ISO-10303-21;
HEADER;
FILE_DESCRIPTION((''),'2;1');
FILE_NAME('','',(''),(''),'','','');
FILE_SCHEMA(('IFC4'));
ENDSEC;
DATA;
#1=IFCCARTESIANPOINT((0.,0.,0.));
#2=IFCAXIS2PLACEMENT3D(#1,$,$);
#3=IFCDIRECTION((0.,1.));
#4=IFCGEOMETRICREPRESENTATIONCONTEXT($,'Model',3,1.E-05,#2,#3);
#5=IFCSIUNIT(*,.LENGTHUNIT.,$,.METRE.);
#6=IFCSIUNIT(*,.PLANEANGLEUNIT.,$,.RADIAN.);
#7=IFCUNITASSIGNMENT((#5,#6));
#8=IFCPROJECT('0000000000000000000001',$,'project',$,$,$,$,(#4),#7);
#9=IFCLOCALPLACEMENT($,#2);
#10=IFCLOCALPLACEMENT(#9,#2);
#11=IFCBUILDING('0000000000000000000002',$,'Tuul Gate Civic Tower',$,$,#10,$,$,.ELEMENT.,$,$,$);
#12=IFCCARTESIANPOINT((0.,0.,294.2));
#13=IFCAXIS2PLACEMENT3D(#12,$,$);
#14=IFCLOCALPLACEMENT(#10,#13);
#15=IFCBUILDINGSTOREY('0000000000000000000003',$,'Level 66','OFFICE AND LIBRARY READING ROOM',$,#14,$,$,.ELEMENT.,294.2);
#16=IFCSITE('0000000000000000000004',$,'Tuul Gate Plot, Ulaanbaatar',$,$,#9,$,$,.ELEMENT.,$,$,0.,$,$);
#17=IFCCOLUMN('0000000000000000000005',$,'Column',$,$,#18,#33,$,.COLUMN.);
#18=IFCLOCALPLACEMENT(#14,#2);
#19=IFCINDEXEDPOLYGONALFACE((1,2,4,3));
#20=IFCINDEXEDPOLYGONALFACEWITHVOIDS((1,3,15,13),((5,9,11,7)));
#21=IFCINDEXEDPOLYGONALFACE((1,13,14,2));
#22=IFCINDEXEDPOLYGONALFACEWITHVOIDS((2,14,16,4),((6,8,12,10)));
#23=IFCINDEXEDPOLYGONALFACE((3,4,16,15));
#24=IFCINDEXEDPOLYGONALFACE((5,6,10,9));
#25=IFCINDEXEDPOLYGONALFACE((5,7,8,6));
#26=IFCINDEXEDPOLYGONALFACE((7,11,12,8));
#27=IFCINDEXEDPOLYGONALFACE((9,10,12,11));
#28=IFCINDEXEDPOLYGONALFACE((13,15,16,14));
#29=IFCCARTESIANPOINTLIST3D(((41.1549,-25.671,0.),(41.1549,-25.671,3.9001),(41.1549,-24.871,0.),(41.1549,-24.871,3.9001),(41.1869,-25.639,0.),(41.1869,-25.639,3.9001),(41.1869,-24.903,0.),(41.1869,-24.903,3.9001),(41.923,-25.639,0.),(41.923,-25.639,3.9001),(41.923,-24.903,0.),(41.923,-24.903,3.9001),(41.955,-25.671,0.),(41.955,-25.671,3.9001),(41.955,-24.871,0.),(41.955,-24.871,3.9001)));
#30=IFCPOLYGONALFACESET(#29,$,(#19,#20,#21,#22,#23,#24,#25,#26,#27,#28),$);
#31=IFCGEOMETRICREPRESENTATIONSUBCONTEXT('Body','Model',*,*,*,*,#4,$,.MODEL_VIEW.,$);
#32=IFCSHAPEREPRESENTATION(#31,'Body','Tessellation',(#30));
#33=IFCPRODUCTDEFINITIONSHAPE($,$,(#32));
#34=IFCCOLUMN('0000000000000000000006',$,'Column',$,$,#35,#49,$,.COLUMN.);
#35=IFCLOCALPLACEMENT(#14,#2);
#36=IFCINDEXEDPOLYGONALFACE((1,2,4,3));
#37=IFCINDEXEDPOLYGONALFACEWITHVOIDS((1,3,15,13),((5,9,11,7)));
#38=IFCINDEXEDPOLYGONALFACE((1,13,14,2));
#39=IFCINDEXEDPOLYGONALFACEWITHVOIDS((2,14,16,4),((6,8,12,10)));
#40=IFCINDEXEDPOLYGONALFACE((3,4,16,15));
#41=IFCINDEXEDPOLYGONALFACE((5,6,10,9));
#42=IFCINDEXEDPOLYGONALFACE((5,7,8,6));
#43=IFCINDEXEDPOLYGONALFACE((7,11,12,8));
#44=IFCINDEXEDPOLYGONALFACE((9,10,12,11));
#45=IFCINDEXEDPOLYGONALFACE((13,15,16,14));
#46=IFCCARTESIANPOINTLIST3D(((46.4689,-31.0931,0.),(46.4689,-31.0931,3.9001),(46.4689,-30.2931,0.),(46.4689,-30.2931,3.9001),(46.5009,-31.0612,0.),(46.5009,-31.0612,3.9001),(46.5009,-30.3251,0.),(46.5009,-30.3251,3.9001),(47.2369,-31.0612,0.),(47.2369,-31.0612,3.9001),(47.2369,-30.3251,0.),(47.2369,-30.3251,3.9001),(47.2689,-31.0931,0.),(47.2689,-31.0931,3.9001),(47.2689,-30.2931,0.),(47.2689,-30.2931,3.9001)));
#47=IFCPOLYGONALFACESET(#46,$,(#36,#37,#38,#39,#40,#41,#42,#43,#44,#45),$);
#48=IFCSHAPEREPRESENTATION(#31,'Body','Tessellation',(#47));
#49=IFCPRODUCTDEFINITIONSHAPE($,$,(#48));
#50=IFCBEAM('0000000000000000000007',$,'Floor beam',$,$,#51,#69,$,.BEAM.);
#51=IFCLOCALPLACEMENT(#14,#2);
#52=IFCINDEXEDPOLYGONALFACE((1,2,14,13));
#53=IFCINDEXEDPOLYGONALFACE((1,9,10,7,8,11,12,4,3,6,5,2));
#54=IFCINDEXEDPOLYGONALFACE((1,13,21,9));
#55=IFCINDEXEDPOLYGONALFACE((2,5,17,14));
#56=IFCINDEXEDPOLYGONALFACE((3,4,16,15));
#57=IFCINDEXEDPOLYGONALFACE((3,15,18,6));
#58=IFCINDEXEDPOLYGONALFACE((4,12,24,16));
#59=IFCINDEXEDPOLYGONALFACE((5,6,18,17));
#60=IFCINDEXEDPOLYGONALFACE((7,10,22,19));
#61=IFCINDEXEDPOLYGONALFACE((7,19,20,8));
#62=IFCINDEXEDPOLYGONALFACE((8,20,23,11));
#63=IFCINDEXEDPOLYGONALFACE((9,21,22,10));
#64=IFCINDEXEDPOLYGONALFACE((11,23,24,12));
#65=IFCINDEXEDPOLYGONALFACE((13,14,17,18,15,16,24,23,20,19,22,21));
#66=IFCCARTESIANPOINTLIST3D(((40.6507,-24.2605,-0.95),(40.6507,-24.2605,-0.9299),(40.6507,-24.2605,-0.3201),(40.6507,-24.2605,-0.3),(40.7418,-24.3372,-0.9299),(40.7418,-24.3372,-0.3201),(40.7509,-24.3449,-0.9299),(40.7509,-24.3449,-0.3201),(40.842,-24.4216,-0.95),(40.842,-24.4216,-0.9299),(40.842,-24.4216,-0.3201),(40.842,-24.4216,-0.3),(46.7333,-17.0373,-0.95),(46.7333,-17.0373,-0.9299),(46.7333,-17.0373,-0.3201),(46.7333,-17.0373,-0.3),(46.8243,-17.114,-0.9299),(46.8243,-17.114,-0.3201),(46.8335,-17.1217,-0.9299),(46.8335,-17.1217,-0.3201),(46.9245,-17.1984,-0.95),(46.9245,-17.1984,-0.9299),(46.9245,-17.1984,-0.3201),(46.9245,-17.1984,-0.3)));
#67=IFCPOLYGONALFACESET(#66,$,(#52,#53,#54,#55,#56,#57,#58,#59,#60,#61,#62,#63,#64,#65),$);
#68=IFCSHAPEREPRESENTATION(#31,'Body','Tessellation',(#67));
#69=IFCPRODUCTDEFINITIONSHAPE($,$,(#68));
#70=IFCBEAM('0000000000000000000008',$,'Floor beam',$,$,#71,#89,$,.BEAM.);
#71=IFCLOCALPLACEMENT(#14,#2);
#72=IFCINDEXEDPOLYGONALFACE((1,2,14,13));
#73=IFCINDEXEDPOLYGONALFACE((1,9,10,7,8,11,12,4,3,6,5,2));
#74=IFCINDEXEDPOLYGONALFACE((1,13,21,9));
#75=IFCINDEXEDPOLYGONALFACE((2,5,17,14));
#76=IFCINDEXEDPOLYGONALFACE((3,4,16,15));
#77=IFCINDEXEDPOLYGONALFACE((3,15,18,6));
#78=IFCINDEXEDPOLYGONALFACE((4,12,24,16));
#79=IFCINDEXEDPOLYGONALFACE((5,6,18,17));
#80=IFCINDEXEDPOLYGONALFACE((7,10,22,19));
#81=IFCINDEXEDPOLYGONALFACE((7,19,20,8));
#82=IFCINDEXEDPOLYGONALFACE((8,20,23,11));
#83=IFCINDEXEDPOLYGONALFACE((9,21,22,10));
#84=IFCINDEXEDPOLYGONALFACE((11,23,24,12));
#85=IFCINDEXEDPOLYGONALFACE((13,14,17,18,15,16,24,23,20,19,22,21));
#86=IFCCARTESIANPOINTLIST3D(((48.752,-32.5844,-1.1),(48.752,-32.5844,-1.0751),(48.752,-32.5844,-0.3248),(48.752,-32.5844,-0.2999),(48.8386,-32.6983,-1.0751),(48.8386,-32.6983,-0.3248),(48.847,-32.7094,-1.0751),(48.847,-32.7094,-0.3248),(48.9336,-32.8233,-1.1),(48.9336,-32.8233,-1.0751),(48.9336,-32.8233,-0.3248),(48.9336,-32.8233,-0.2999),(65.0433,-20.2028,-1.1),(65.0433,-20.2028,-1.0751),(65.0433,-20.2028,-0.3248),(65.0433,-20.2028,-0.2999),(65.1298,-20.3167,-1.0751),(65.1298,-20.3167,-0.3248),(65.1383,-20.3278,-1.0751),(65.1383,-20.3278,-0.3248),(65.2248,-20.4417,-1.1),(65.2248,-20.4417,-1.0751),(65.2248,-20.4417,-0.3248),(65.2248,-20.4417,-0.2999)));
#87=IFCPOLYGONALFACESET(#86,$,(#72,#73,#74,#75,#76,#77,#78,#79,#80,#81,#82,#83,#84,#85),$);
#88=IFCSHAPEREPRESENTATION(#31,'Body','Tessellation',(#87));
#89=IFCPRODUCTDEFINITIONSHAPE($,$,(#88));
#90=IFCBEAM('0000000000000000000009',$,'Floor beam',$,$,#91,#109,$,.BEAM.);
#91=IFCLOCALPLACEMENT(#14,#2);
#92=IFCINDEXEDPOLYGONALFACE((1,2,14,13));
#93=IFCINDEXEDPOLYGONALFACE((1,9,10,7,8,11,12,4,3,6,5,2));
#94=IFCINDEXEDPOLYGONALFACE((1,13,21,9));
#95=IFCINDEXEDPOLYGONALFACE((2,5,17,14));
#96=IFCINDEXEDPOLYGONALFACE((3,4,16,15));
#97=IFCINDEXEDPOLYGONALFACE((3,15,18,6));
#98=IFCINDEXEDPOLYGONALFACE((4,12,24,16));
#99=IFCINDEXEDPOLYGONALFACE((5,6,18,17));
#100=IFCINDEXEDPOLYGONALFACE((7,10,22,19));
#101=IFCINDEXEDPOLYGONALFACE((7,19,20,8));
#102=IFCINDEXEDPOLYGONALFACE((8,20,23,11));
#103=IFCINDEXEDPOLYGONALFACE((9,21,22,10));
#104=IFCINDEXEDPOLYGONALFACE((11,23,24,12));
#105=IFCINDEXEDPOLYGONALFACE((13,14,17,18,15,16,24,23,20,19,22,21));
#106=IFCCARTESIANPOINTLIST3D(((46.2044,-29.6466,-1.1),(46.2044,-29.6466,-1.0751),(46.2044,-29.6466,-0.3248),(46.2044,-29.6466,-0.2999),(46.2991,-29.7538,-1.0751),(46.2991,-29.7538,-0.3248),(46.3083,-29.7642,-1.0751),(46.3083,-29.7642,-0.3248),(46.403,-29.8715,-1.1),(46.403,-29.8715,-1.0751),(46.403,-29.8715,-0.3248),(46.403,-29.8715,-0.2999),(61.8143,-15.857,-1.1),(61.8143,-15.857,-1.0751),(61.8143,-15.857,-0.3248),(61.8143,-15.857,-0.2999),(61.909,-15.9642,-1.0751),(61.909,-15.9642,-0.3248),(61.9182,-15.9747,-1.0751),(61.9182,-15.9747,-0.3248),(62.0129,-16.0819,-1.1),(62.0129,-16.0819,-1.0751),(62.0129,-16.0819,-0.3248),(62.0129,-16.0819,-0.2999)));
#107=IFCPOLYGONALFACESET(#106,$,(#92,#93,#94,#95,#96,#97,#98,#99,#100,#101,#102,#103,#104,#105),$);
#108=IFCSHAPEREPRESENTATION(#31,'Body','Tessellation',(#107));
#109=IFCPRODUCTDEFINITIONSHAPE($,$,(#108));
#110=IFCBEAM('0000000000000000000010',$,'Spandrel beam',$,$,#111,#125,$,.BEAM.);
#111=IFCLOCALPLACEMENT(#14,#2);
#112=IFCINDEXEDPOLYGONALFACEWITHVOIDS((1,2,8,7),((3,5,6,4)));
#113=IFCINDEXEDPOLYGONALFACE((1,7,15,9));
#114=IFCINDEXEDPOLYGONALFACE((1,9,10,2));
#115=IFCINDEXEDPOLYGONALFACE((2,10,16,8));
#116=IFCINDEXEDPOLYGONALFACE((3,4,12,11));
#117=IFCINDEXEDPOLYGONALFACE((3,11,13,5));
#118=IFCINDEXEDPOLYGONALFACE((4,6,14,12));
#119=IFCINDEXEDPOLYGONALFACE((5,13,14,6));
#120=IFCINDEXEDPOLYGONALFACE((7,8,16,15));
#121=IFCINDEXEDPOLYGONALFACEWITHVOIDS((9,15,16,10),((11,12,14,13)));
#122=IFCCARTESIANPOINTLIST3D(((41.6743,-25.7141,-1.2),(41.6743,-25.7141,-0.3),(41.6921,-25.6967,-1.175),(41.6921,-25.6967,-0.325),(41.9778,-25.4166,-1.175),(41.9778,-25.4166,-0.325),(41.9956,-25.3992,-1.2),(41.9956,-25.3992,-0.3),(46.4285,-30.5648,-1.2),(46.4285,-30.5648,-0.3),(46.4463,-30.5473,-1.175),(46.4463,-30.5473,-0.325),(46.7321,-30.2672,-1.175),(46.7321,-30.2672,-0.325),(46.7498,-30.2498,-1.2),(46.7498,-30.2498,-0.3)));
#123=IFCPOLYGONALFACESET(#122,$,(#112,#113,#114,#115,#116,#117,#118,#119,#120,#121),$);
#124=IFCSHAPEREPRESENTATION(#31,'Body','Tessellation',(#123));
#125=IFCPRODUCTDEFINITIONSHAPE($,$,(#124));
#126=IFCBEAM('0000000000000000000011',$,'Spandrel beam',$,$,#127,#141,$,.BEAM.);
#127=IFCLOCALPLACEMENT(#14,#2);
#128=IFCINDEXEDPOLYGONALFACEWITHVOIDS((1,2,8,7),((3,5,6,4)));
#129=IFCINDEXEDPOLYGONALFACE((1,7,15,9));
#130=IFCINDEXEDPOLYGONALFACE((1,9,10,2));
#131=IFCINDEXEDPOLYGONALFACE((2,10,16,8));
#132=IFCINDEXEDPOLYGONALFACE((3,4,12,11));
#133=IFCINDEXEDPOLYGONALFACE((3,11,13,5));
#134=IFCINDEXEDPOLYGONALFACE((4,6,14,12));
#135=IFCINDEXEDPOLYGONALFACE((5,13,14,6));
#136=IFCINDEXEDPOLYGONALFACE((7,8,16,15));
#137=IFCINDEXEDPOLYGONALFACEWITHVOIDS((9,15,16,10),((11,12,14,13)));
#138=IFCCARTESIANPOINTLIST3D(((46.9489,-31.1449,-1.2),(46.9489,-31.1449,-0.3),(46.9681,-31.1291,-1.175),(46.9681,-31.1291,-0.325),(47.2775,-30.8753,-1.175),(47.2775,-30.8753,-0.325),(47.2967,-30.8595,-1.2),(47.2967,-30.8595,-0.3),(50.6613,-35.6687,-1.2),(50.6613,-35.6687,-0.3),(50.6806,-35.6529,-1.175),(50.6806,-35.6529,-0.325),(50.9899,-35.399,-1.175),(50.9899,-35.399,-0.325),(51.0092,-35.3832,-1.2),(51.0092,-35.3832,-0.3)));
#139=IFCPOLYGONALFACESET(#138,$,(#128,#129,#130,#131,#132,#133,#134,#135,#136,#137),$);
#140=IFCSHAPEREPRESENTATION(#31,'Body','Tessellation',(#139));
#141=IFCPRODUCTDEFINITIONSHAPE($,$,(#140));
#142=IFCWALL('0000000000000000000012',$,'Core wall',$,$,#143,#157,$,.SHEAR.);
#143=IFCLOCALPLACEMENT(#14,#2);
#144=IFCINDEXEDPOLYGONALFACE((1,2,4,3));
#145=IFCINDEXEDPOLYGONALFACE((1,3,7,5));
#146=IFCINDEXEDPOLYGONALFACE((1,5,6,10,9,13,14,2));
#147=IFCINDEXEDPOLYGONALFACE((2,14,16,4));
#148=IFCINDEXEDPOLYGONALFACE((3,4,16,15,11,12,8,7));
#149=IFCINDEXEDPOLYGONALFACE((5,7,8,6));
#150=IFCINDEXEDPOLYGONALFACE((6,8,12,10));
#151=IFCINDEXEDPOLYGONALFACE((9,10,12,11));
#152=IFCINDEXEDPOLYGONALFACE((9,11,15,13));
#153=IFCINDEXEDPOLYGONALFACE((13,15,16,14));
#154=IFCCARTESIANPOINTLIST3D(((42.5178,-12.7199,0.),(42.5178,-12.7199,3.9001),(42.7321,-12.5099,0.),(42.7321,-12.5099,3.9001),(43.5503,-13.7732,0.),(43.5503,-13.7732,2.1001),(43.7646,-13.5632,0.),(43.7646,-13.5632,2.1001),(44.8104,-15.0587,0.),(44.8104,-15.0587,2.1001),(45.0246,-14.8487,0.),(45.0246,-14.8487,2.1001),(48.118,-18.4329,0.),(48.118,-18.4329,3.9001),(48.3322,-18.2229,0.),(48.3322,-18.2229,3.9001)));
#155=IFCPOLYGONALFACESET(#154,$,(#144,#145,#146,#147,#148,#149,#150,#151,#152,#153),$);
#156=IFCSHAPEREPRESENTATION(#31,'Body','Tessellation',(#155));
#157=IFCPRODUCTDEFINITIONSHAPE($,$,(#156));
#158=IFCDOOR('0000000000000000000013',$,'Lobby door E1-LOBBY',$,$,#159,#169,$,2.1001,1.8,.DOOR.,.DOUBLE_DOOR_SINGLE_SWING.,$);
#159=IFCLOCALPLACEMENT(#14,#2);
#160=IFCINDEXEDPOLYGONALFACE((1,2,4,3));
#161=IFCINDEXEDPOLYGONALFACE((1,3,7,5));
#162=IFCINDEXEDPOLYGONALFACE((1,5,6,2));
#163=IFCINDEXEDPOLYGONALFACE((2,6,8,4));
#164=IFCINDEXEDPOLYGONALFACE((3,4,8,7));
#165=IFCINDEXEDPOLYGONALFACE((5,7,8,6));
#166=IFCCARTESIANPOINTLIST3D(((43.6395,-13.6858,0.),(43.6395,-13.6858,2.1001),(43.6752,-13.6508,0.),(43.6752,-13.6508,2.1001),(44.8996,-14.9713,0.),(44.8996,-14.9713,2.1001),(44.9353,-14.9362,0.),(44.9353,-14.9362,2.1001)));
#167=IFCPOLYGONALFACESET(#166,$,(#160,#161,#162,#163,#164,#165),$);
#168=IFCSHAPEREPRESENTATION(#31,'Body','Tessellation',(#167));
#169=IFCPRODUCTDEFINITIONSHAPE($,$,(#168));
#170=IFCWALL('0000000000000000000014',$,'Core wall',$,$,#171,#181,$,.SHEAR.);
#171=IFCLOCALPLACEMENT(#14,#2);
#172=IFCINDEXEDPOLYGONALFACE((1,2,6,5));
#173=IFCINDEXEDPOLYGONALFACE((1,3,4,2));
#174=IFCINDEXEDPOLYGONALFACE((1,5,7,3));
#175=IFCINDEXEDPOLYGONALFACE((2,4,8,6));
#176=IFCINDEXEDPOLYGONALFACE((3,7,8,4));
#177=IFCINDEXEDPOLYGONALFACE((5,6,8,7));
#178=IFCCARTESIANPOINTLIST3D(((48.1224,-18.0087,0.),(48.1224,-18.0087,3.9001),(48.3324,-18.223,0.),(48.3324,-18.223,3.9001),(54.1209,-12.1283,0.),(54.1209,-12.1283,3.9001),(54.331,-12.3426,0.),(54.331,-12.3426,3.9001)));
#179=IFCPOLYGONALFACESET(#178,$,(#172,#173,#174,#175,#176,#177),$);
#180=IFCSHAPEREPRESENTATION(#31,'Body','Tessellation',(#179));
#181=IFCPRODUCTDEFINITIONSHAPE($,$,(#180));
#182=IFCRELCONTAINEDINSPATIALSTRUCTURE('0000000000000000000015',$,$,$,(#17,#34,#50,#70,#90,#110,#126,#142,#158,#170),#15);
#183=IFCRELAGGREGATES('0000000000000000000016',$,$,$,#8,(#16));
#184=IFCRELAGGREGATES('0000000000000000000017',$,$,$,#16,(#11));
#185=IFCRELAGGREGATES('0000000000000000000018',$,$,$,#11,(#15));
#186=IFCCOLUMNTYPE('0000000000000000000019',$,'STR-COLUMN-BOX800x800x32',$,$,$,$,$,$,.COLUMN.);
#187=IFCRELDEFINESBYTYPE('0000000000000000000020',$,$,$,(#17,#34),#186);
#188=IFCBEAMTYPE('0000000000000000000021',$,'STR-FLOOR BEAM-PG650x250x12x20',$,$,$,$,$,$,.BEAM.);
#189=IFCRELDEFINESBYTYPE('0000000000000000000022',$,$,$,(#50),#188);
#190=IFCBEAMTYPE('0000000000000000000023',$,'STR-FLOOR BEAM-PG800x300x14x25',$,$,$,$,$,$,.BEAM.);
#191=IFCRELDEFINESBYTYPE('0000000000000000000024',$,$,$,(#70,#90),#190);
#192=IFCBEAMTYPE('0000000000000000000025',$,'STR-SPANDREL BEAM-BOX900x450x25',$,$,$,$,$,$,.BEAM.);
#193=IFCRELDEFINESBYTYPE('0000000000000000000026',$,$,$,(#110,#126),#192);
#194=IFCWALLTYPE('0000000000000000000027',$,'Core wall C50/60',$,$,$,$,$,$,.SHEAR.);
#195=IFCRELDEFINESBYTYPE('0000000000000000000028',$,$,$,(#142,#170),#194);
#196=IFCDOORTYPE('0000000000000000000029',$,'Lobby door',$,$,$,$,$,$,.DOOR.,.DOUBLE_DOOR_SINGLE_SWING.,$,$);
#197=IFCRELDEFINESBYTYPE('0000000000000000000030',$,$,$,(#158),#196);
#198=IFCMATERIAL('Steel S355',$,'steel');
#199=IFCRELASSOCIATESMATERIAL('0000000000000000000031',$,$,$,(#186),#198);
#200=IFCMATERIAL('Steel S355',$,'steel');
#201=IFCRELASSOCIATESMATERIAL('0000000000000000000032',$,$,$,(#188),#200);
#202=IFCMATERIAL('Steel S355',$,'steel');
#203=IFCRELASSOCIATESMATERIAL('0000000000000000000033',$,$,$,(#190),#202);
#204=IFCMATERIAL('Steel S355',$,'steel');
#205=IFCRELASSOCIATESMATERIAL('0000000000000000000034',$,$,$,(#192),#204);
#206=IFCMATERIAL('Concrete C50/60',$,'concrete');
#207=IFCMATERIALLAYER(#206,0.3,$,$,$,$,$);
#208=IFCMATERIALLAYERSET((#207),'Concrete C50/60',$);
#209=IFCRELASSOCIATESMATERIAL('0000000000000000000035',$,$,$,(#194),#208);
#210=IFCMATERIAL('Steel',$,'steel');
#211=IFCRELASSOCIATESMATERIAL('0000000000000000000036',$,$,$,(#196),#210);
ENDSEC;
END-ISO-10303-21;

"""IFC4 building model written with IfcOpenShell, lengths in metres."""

from ifc_helpers import new_model, si_unit, direction, frame, frame_2d, origin, origin_2d, place, context, subcontext, project, spatial, rectangle, hollow_rectangle, i_section, extrude, material, layer, layer_set, material_profile, profile_set, type_object, element, fill, save


model = new_model("IFC4")

# Units and contexts
model_context = context("Model", 3, precision=1e-05, world=origin(), true_north=direction((0.0, 1.0)))
body_context = subcontext(model_context, "Body", "Model", "MODEL_VIEW")
ifc_project = project(units=[si_unit("LENGTHUNIT", "METRE"), si_unit("PLANEANGLEUNIT", "RADIAN")], contexts=[model_context])

# Site, building, storey
site_placement = place(None, origin())
site = spatial("IfcSite", under=ifc_project, at=site_placement, Name="Tuul Gate Plot, Ulaanbaatar", CompositionType="ELEMENT", RefElevation=0.0)
building_placement = place(site_placement, origin())
building = spatial("IfcBuilding", under=site, at=building_placement, Name="Tuul Gate Civic Tower", CompositionType="ELEMENT")
storey_placement = place(building_placement, frame((0.0, 0.0, 294.2)))
storey = spatial("IfcBuildingStorey", under=building, at=storey_placement, Name="Level 66", Description="OFFICE AND LIBRARY READING ROOM", CompositionType="ELEMENT", Elevation=294.2)

# Columns
ifc_material_1 = material(Name="Steel S355", Category="steel")
ifc_material_profile_1 = material_profile(ifc_material_1, hollow_rectangle(XDim=0.8, YDim=0.8, WallThickness=0.032, at=origin_2d()), Name="BOX800x800x32")
ifc_profile_set_1 = profile_set([ifc_material_profile_1], Name="Steel S355")
column_type = type_object("IfcColumnType", Name="STR-COLUMN-BOX800x800x32", PredefinedType="COLUMN", material=ifc_profile_set_1)
for number, where, z_axis, x_axis, name in (
    (1, (41.5549, -25.271, 0.0), (0.0, 0.0, 1.0), (1.0, 0.0, 0.0), "Column"),
    (2, (46.8689, -30.6931, 0.0), (0.0, 0.0, 1.0), (1.0, 0.0, 0.0), "Column"),
):
    element("IfcColumn", number, at=place(storey_placement, frame(where, z_axis=z_axis, x_axis=x_axis)), inside=storey, type_object=column_type, Name=name, PredefinedType="COLUMN", context=body_context, shape_type="SweptSolid", body=[
        extrude(hollow_rectangle(XDim=0.8, YDim=0.8, WallThickness=0.032, at=origin_2d()), origin(), (0.0, 0.0, 1.0), 3.9001),
    ])

# Beams
ifc_material_2 = material(Name="Steel S355", Category="steel")
ifc_material_profile_2 = material_profile(ifc_material_2, i_section(OverallWidth=0.25, OverallDepth=0.6499, WebThickness=0.012, FlangeThickness=0.02, at=origin_2d()), Name="PG650x250x12x20")
ifc_profile_set_2 = profile_set([ifc_material_profile_2], Name="Steel S355")
beam_type_1 = type_object("IfcBeamType", Name="STR-FLOOR BEAM-PG650x250x12x20", PredefinedType="BEAM", material=ifc_profile_set_2)
beam_1_placement = place(storey_placement, frame((40.7463, -24.3411, -0.625), z_axis=(0.644128, 0.764918, 0.0), x_axis=(-0.764918, 0.644128, 0.0)))
element("IfcBeam", 3, at=beam_1_placement, inside=storey, type_object=beam_type_1, Name="Floor beam", PredefinedType="BEAM", context=body_context, shape_type="SweptSolid", body=[
    extrude(i_section(OverallWidth=0.25, OverallDepth=0.6499, WebThickness=0.012, FlangeThickness=0.02, at=origin_2d()), origin(), (0.0, 0.0, 1.0), 9.4431),
])
ifc_material_3 = material(Name="Steel S355", Category="steel")
ifc_material_profile_3 = material_profile(ifc_material_3, i_section(OverallWidth=0.3, OverallDepth=0.8, WebThickness=0.0139, FlangeThickness=0.0249, at=origin_2d()), Name="PG800x300x14x25")
ifc_profile_set_3 = profile_set([ifc_material_profile_3], Name="Steel S355")
beam_type_2 = type_object("IfcBeamType", Name="STR-FLOOR BEAM-PG800x300x14x25", PredefinedType="BEAM", material=ifc_profile_set_3)
beam_2_placement = place(storey_placement, frame((48.8428, -32.7039, -0.7), z_axis=(0.796157, 0.605091, 0.0), x_axis=(-0.605091, 0.796157, 0.0)))
element("IfcBeam", 4, at=beam_2_placement, inside=storey, type_object=beam_type_2, Name="Floor beam", PredefinedType="BEAM", context=body_context, shape_type="SweptSolid", body=[
    extrude(i_section(OverallWidth=0.3, OverallDepth=0.8, WebThickness=0.0139, FlangeThickness=0.0249, at=origin_2d()), origin(), (0.0, 0.0, 1.0), 20.4624),
])
beam_3_placement = place(storey_placement, frame((46.3037, -29.759, -0.7), z_axis=(0.749453, 0.662057, 0.0), x_axis=(-0.662057, 0.749453, 0.0)))
element("IfcBeam", 5, at=beam_3_placement, inside=storey, type_object=beam_type_2, Name="Floor beam", PredefinedType="BEAM", context=body_context, shape_type="SweptSolid", body=[
    extrude(i_section(OverallWidth=0.3, OverallDepth=0.8, WebThickness=0.0139, FlangeThickness=0.0249, at=origin_2d()), origin(), (0.0, 0.0, 1.0), 20.8284),
])
ifc_material_4 = material(Name="Steel S355", Category="steel")
ifc_material_profile_4 = material_profile(ifc_material_4, hollow_rectangle(XDim=0.45, YDim=0.8999, WallThickness=0.0249, at=origin_2d()), Name="BOX900x450x25")
ifc_profile_set_4 = profile_set([ifc_material_profile_4], Name="Steel S355")
beam_type_3 = type_object("IfcBeamType", Name="STR-SPANDREL BEAM-BOX900x450x25", PredefinedType="BEAM", material=ifc_profile_set_4)
beam_4_placement = place(storey_placement, frame((41.835, -25.5566, -0.75), z_axis=(0.699972, -0.71417, 0.0), x_axis=(0.71417, 0.699972, 0.0)))
element("IfcBeam", 6, at=beam_4_placement, inside=storey, type_object=beam_type_3, Name="Spandrel beam", PredefinedType="BEAM", context=body_context, shape_type="SweptSolid", body=[
    extrude(hollow_rectangle(XDim=0.45, YDim=0.8999, WallThickness=0.0249, at=origin_2d()), origin(), (0.0, 0.0, 1.0), 6.792),
])
beam_5_placement = place(storey_placement, frame((47.1228, -31.0022, -0.75), z_axis=(0.634384, -0.773018, 0.0), x_axis=(0.773018, 0.634384, 0.0)))
element("IfcBeam", 7, at=beam_5_placement, inside=storey, type_object=beam_type_3, Name="Spandrel beam", PredefinedType="BEAM", context=body_context, shape_type="SweptSolid", body=[
    extrude(hollow_rectangle(XDim=0.45, YDim=0.8999, WallThickness=0.0249, at=origin_2d()), origin(), (0.0, 0.0, 1.0), 5.8521),
])

# Wall, opening, door
ifc_material_5 = material(Name="Concrete C50/60", Category="concrete")
ifc_layer_1 = layer(ifc_material_5, 0.3)
ifc_layer_set_1 = layer_set([ifc_layer_1], Name="Concrete C50/60")
wall_type_1 = type_object("IfcWallType", Name="Core wall C50/60", PredefinedType="SHEAR", material=ifc_layer_set_1)
wall_1_placement = place(storey_placement, frame((48.2251, -18.3279, 0.0), z_axis=(0.0, 0.0, 1.0), x_axis=(-0.700022, 0.714121, 0.0)))
wall_1 = element("IfcWall", 8, at=wall_1_placement, inside=storey, type_object=wall_type_1, Name="Core wall", PredefinedType="SHEAR", context=body_context, shape_type="SweptSolid", body=[
    extrude(rectangle(XDim=8.0, YDim=0.3, at=frame_2d((4.0, 0.0))), origin(), (0.0, 0.0, 1.0), 3.9001),
])
opening_1_placement = place(wall_1_placement, frame((4.7251, 0.0, 0.0)))
opening_1 = element("IfcOpeningElement", 9, at=opening_1_placement, cuts=wall_1, PredefinedType="OPENING", context=body_context, shape_type="SweptSolid", body=[
    extrude(rectangle(XDim=1.8, YDim=2.1001, at=frame_2d((0.8999, 1.05))), frame((0.0, 0.1602, 0.0), z_axis=(0.0, -1.0, 0.0), x_axis=(1.0, 0.0, 0.0)), (0.0, 0.0, 1.0), 0.3201),
])
ifc_material_6 = material(Name="Steel", Category="steel")
door_type_1 = type_object("IfcDoorType", Name="Lobby door", OperationType="DOUBLE_DOOR_SINGLE_SWING", PredefinedType="DOOR", material=ifc_material_6)
door_1_placement = place(opening_1_placement, frame((1.8, 0.0, 0.0), z_axis=(0.0, 0.0, 1.0), x_axis=(-1.0, 0.0, 0.0)))
door_1 = element("IfcDoor", 10, at=door_1_placement, inside=storey, type_object=door_type_1, Name="Lobby door E1-LOBBY", OperationType="DOUBLE_DOOR_SINGLE_SWING", OverallHeight=2.1001, OverallWidth=1.8, PredefinedType="DOOR", context=body_context, shape_type="SweptSolid", body=[
    extrude(rectangle(XDim=1.8, YDim=2.1001, at=frame_2d((0.9001, 1.05))), frame((0.0, 0.0249, 0.0), z_axis=(0.0, -1.0, 0.0), x_axis=(1.0, 0.0, 0.0)), (0.0, 0.0, 1.0), 0.05),
])
fill(opening_1, door_1)

# Wall
wall_2_placement = place(storey_placement, frame((48.2273, -18.116, 0.0), z_axis=(0.0, 0.0, 1.0), x_axis=(0.714105, 0.700038, 0.0)))
element("IfcWall", 11, at=wall_2_placement, inside=storey, type_object=wall_type_1, Name="Core wall", PredefinedType="SHEAR", context=body_context, shape_type="SweptSolid", body=[
    extrude(rectangle(XDim=8.4001, YDim=0.3, at=frame_2d((4.2002, 0.0))), origin(), (0.0, 0.0, 1.0), 3.9001),
])

save(model, "model.ifc")
